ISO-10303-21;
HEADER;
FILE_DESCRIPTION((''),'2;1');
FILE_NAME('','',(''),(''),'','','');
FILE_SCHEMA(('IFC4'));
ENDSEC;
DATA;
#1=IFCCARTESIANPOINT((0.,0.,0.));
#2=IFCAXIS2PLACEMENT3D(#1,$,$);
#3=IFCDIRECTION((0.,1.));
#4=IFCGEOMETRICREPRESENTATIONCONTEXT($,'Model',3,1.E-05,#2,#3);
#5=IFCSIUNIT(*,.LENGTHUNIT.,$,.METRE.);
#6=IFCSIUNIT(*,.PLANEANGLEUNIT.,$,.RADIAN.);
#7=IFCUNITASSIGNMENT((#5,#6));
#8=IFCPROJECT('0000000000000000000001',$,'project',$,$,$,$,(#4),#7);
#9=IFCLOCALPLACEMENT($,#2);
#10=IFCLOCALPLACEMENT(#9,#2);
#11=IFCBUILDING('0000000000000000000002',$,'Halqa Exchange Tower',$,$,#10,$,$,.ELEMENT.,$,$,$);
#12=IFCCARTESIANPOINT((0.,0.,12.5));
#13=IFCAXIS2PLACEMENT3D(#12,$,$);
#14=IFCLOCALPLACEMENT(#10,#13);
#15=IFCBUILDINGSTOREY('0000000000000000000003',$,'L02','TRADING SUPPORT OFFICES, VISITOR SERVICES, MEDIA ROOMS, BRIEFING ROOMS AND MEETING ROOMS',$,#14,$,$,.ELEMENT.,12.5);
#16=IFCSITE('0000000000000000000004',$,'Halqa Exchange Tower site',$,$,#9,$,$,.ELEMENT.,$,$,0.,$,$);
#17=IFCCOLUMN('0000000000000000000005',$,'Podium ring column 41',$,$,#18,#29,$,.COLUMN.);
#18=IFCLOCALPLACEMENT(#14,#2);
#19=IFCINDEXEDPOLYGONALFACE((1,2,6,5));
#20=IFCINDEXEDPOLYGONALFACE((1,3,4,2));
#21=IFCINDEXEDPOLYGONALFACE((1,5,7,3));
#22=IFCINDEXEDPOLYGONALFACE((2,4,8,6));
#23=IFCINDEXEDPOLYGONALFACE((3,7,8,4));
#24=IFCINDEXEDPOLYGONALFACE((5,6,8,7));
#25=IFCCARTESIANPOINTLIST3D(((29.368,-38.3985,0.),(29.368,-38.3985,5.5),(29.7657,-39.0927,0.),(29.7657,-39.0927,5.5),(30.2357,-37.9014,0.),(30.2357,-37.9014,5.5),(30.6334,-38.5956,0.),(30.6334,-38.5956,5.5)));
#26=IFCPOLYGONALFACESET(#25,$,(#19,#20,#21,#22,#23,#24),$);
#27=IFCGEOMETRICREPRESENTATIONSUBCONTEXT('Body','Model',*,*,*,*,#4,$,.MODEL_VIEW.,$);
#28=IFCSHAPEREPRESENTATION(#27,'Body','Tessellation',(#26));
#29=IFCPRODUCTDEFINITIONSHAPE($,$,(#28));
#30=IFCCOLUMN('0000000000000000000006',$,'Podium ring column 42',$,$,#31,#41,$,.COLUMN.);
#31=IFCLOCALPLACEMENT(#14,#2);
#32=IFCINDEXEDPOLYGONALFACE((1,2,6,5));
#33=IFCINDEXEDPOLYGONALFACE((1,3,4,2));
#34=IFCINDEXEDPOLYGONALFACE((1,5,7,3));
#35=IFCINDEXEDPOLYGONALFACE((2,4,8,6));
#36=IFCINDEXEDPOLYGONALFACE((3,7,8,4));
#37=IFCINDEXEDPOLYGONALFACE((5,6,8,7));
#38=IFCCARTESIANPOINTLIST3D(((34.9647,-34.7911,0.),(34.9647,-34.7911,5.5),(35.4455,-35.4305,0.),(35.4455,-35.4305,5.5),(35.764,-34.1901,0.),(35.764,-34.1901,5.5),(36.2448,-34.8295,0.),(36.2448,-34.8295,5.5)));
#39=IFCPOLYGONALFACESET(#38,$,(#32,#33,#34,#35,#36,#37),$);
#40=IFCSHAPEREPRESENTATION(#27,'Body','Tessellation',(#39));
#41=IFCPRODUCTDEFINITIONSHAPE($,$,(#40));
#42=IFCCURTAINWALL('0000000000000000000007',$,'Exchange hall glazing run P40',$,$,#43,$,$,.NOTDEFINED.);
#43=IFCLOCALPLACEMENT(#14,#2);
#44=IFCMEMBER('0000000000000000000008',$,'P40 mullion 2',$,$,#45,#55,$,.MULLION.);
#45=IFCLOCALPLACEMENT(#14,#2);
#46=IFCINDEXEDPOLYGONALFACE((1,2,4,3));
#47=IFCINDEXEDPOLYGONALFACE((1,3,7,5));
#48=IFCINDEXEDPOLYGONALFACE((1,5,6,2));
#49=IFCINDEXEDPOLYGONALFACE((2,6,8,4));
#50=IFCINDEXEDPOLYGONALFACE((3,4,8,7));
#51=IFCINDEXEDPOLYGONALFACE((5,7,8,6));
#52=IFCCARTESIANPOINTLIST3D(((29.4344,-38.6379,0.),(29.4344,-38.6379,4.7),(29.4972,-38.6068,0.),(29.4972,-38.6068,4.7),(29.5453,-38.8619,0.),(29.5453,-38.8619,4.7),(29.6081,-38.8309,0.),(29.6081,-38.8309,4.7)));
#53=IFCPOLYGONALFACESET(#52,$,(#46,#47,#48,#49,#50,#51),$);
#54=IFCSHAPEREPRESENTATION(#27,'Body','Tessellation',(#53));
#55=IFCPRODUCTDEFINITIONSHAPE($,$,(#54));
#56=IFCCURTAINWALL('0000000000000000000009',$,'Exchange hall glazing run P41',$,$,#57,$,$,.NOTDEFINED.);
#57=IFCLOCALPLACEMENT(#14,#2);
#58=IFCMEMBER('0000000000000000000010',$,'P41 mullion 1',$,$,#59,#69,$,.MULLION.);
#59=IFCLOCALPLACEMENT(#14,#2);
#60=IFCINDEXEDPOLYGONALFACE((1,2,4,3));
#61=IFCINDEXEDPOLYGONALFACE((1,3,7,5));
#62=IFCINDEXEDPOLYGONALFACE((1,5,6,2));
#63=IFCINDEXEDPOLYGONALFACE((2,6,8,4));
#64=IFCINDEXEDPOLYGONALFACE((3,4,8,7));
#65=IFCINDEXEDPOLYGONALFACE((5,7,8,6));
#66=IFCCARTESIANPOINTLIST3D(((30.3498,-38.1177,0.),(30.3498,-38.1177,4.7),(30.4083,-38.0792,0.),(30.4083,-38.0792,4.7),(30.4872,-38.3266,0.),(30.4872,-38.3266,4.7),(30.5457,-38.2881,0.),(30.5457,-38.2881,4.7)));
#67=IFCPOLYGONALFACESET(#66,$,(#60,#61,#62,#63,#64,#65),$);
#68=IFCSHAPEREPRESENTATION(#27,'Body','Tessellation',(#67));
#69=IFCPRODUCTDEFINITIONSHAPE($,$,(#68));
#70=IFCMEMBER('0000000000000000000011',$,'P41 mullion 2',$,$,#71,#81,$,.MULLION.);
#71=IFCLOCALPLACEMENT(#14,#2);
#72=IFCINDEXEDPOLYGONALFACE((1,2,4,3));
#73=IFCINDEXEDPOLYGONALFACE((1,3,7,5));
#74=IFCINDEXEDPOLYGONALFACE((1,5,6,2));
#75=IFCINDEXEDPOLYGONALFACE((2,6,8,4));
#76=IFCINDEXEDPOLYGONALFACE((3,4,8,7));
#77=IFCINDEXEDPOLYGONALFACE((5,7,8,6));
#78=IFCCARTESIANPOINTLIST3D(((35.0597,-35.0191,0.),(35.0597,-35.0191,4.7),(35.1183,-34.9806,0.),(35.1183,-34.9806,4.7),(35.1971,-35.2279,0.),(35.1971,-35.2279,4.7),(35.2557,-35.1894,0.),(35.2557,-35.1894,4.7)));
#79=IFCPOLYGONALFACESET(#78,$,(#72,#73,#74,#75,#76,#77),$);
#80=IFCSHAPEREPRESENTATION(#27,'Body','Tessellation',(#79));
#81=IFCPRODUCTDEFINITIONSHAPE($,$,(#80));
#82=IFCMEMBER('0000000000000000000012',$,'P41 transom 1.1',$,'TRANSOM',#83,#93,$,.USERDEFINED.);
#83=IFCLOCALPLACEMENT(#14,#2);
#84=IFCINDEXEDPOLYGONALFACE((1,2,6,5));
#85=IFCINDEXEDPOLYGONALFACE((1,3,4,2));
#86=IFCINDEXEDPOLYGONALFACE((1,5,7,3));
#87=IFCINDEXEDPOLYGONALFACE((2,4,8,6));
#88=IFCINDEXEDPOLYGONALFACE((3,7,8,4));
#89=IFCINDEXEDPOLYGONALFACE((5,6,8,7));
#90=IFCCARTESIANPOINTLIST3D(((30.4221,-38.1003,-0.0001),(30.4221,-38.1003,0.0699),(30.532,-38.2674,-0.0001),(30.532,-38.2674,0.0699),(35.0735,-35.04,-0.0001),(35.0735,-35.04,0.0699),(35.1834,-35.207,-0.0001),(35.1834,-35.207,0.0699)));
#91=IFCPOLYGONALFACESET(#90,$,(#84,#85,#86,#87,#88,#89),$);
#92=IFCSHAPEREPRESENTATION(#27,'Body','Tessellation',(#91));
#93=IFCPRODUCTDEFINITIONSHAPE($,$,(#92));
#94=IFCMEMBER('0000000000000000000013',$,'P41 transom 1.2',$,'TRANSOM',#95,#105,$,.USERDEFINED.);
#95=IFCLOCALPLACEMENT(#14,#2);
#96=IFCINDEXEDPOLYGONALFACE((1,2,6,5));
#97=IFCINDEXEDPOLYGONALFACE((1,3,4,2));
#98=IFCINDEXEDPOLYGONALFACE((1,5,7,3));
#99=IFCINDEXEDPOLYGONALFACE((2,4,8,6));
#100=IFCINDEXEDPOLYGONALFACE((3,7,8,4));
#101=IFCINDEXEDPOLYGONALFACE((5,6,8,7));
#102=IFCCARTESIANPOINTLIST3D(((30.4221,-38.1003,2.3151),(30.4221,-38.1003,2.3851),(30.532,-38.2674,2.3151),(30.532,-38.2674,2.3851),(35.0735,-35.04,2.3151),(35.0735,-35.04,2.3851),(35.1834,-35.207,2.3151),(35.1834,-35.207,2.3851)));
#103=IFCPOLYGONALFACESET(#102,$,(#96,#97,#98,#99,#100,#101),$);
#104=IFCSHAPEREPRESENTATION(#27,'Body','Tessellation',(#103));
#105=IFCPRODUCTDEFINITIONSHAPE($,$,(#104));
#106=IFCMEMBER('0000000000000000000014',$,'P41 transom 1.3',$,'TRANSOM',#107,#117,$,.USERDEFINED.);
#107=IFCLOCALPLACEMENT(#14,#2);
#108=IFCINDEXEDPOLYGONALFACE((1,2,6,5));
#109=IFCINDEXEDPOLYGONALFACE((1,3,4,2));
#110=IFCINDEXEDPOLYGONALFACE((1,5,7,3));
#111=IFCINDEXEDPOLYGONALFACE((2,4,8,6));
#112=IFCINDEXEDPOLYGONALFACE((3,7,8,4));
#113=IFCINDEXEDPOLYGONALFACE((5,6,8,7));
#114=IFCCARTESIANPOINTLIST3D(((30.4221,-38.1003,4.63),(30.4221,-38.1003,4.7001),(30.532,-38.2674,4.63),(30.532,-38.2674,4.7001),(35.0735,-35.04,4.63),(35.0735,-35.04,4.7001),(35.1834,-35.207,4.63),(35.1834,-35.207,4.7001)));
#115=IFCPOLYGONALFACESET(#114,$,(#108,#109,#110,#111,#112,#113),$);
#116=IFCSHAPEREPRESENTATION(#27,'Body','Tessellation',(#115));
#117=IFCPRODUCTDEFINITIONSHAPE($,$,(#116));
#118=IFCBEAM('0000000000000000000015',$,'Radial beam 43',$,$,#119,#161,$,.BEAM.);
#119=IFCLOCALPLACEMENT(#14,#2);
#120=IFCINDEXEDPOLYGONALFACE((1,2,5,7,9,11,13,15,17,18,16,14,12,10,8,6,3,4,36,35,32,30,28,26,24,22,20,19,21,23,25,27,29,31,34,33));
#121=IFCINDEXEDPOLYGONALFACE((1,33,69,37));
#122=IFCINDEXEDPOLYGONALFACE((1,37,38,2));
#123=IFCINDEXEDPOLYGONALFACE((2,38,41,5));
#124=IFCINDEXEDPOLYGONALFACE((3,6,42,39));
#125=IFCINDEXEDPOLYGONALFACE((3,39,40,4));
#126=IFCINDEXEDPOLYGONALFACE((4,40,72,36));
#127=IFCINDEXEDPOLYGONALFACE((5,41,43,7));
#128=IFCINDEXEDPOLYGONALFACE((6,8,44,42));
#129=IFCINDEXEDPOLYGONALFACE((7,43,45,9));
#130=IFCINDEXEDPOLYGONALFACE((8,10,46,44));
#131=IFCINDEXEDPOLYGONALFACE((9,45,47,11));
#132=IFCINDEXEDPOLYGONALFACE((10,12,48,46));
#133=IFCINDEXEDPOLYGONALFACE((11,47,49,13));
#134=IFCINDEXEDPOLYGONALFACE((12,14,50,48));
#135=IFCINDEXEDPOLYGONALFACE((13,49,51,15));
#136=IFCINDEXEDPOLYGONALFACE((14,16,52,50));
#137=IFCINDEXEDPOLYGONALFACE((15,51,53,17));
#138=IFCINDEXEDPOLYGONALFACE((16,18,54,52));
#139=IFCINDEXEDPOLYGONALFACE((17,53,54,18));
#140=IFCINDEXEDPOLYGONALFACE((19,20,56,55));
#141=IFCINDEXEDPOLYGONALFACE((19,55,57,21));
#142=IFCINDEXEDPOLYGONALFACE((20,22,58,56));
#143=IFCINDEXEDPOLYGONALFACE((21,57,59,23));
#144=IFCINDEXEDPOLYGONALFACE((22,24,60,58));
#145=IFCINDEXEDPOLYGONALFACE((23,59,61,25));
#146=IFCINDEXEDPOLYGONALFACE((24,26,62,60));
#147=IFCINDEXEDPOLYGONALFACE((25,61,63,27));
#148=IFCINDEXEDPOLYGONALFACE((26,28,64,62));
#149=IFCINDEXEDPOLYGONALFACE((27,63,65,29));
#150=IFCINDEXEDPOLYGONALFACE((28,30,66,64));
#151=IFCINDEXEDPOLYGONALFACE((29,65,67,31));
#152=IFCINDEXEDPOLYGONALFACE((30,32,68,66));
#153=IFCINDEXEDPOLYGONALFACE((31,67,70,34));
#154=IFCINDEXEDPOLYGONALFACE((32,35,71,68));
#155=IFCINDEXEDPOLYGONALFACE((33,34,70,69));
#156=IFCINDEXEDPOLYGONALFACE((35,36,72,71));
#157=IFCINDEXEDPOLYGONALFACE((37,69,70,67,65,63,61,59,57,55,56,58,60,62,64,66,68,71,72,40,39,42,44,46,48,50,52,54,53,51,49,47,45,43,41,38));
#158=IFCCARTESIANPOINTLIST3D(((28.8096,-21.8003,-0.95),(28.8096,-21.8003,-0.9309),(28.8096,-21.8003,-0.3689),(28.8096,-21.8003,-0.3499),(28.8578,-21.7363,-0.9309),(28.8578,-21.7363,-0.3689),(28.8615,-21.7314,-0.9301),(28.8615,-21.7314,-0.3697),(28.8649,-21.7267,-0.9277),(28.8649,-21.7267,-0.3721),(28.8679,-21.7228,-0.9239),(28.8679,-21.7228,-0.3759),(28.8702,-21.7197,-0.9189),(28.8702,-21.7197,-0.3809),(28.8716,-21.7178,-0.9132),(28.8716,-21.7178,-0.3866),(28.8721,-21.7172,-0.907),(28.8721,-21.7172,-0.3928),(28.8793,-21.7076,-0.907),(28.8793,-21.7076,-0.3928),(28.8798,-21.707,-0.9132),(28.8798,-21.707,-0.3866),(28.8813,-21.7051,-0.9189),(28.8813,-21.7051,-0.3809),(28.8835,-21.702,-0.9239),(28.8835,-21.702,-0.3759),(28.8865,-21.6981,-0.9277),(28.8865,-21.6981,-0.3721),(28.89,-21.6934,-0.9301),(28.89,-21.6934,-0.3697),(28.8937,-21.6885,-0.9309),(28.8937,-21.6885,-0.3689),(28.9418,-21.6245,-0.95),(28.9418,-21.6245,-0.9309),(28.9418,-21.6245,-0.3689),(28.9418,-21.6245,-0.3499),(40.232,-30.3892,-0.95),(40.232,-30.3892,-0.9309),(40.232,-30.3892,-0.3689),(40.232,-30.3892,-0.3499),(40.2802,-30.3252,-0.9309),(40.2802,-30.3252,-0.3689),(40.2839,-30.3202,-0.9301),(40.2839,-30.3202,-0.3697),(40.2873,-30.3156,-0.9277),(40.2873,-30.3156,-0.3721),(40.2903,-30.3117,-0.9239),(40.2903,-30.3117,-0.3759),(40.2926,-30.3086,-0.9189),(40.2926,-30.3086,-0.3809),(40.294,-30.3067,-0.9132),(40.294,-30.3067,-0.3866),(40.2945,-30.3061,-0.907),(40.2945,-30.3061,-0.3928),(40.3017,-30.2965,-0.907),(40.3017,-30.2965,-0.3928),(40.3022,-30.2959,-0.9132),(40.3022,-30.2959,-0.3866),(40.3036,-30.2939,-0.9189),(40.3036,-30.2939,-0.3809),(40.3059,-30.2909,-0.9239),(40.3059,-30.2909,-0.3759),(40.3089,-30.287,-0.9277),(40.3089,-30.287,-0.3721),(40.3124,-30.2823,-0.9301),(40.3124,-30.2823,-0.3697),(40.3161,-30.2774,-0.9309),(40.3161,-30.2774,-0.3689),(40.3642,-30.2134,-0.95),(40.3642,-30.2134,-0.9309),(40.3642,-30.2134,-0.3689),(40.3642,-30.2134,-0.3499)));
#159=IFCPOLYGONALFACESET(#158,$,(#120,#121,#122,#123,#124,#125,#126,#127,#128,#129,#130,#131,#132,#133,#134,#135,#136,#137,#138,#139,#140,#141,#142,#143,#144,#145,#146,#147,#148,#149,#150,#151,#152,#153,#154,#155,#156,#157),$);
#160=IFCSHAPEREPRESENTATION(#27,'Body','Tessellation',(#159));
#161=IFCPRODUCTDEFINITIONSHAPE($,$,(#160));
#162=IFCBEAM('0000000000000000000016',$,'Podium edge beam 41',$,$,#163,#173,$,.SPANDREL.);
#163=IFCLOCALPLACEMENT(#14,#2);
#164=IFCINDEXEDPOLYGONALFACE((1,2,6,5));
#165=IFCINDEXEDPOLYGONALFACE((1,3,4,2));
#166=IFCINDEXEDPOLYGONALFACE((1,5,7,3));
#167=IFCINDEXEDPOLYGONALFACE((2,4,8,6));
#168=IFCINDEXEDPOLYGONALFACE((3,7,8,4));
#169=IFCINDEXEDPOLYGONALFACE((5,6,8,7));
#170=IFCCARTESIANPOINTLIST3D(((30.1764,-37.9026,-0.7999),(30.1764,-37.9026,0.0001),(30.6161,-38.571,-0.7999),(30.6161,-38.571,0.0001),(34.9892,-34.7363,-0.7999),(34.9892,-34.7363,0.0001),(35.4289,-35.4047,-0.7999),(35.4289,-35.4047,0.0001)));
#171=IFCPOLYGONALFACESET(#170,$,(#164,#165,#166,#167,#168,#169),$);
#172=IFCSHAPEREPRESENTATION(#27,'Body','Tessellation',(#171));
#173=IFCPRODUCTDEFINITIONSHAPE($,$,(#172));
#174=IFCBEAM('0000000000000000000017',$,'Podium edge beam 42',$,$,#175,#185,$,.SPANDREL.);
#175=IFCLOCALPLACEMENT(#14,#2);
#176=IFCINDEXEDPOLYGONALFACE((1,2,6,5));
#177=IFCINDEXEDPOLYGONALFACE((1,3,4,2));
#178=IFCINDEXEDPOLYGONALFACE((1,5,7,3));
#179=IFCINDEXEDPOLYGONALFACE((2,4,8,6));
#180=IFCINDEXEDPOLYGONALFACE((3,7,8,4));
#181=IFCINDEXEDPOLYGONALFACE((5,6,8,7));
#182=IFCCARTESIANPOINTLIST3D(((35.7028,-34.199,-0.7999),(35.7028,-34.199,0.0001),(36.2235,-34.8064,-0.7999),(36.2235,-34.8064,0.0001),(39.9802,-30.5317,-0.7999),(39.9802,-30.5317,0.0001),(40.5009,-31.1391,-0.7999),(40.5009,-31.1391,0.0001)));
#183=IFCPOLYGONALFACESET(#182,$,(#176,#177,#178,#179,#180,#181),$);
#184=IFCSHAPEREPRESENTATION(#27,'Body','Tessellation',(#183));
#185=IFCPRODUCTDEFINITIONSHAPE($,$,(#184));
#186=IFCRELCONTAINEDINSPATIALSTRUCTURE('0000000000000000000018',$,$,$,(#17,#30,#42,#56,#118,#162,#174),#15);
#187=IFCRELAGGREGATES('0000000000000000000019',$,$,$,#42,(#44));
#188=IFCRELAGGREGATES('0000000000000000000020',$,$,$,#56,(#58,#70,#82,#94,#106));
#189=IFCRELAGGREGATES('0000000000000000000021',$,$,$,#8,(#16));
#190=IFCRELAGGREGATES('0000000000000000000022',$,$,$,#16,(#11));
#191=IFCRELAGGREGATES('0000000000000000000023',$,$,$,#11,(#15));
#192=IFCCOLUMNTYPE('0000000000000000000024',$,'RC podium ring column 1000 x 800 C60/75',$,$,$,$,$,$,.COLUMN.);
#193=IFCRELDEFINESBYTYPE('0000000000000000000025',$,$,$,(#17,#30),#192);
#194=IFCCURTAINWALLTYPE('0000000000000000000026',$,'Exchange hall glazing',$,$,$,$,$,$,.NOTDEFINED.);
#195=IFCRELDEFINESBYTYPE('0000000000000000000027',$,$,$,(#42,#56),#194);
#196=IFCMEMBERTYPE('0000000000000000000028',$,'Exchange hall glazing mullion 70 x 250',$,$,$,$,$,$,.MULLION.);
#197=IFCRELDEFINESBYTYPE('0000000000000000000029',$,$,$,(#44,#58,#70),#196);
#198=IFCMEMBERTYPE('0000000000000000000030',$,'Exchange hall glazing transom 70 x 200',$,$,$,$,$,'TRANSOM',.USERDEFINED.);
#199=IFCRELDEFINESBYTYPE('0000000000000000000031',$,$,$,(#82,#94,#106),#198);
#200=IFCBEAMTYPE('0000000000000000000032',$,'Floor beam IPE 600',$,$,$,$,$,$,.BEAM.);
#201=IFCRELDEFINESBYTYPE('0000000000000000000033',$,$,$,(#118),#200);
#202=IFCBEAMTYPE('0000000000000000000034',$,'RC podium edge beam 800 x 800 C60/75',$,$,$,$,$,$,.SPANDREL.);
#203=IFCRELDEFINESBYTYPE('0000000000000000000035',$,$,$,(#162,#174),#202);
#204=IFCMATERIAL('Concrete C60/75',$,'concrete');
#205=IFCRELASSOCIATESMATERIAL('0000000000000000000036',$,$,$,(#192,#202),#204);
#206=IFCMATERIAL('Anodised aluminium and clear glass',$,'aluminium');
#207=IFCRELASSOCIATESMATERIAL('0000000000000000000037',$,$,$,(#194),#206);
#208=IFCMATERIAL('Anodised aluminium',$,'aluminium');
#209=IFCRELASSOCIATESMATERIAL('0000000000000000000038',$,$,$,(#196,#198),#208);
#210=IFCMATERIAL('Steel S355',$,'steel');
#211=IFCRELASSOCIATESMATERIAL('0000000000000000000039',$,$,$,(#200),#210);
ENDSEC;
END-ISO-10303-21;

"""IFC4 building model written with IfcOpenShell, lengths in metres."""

from ifc_helpers import new_model, si_unit, direction, frame, origin, origin_2d, place, context, subcontext, project, spatial, rectangle, i_section, extrude, material, material_profile, profile_set, type_object, element, aggregate, save


model = new_model("IFC4")

# Units and contexts
model_context = context("Model", 3, precision=1e-05, world=origin(), true_north=direction((0.0, 1.0)))
body_context = subcontext(model_context, "Body", "Model", "MODEL_VIEW")
ifc_project = project(units=[si_unit("LENGTHUNIT", "METRE"), si_unit("PLANEANGLEUNIT", "RADIAN")], contexts=[model_context])

# Site, building, storey
site_placement = place(None, origin())
site = spatial("IfcSite", under=ifc_project, at=site_placement, Name="Halqa Exchange Tower site", CompositionType="ELEMENT", RefElevation=0.0)
building_placement = place(site_placement, origin())
building = spatial("IfcBuilding", under=site, at=building_placement, Name="Halqa Exchange Tower", CompositionType="ELEMENT")
storey_placement = place(building_placement, frame((0.0, 0.0, 12.5)))
storey = spatial("IfcBuildingStorey", under=building, at=storey_placement, Name="L02", Description="TRADING SUPPORT OFFICES, VISITOR SERVICES, MEDIA ROOMS, BRIEFING ROOMS AND MEETING ROOMS", CompositionType="ELEMENT", Elevation=12.5)

# Columns
ifc_material_1 = material(Name="Concrete C60/75", Category="concrete")
ifc_material_profile_1 = material_profile(ifc_material_1, rectangle(XDim=1.0, YDim=0.8, at=origin_2d()), Name="1000 x 800")
ifc_profile_set_1 = profile_set([ifc_material_profile_1], Name="Concrete C60/75")
column_type = type_object("IfcColumnType", Name="RC podium ring column 1000 x 800 C60/75", PredefinedType="COLUMN", material=ifc_profile_set_1)
for number, where, z_axis, x_axis, name in (
    (1, (30.0007, -38.4971, 0.0), (0.0, 0.0, 1.0), (0.867693, 0.4971, 0.0), "Podium ring column 41"),
    (2, (35.6047, -34.8103, 0.0), (0.0, 0.0, 1.0), (0.79926, 0.600985, 0.0), "Podium ring column 42"),
):
    element("IfcColumn", number, at=place(storey_placement, frame(where, z_axis=z_axis, x_axis=x_axis)), inside=storey, type_object=column_type, Name=name, PredefinedType="COLUMN", context=body_context, shape_type="SweptSolid", body=[
        extrude(rectangle(XDim=1.0, YDim=0.8, at=origin_2d()), origin(), (0.0, 0.0, 1.0), 5.5),
    ])

# Curtain wall, member
ifc_material_2 = material(Name="Anodised aluminium and clear glass", Category="aluminium")
curtain_wall_type = type_object("IfcCurtainWallType", Name="Exchange hall glazing", PredefinedType="NOTDEFINED", material=ifc_material_2)
curtain_wall_1_placement = place(storey_placement, origin())
curtain_wall_1 = element("IfcCurtainWall", 3, at=curtain_wall_1_placement, inside=storey, type_object=curtain_wall_type, Name="Exchange hall glazing run P40", PredefinedType="NOTDEFINED")
ifc_material_3 = material(Name="Anodised aluminium", Category="aluminium")
ifc_material_profile_2 = material_profile(ifc_material_3, rectangle(XDim=0.25, YDim=0.0701, at=origin_2d()), Name="AL 70x250")
ifc_profile_set_2 = profile_set([ifc_material_profile_2], Name="Anodised aluminium")
member_type_1 = type_object("IfcMemberType", Name="Exchange hall glazing mullion 70 x 250", PredefinedType="MULLION", material=ifc_profile_set_2)
member_1_placement = place(storey_placement, frame((29.5212, -38.7344, 0.0), z_axis=(0.0, 0.0, 1.0), x_axis=(-0.443653, 0.896198, 0.0)))
member_1 = element("IfcMember", 4, at=member_1_placement, type_object=member_type_1, Name="P40 mullion 2", PredefinedType="MULLION", context=body_context, shape_type="SweptSolid", body=[
    extrude(rectangle(XDim=0.25, YDim=0.0701, at=origin_2d()), origin(), (0.0, 0.0, 1.0), 4.7),
])

# Curtain wall, members
curtain_wall_2_placement = place(storey_placement, origin())
curtain_wall_2 = element("IfcCurtainWall", 5, at=curtain_wall_2_placement, inside=storey, type_object=curtain_wall_type, Name="Exchange hall glazing run P41", PredefinedType="NOTDEFINED")
member_2_placement = place(storey_placement, frame((30.4478, -38.2029, 0.0), z_axis=(0.0, 0.0, 1.0), x_axis=(-0.54962, 0.835415, 0.0)))
member_2 = element("IfcMember", 6, at=member_2_placement, type_object=member_type_1, Name="P41 mullion 1", PredefinedType="MULLION", context=body_context, shape_type="SweptSolid", body=[
    extrude(rectangle(XDim=0.25, YDim=0.0701, at=origin_2d()), origin(), (0.0, 0.0, 1.0), 4.7),
])
member_3_placement = place(storey_placement, frame((35.1577, -35.1042, 0.0), z_axis=(0.0, 0.0, 1.0), x_axis=(-0.54962, 0.835415, 0.0)))
member_3 = element("IfcMember", 7, at=member_3_placement, type_object=member_type_1, Name="P41 mullion 2", PredefinedType="MULLION", context=body_context, shape_type="SweptSolid", body=[
    extrude(rectangle(XDim=0.25, YDim=0.0701, at=origin_2d()), origin(), (0.0, 0.0, 1.0), 4.7),
])
ifc_material_profile_3 = material_profile(ifc_material_3, rectangle(XDim=0.2, YDim=0.0701, at=origin_2d()), Name="AL 70x200")
ifc_profile_set_3 = profile_set([ifc_material_profile_3], Name="Anodised aluminium")
member_type_2 = type_object("IfcMemberType", Name="Exchange hall glazing transom 70 x 200", ElementType="TRANSOM", PredefinedType="USERDEFINED", material=ifc_profile_set_3)
member_4_placement = place(storey_placement, frame((30.4771, -38.1838, 0.0349), z_axis=(0.835401, 0.549641, 0.0), x_axis=(-0.549641, 0.835401, 0.0)))
member_4 = element("IfcMember", 8, at=member_4_placement, type_object=member_type_2, Name="P41 transom 1.1", ObjectType="TRANSOM", PredefinedType="USERDEFINED", context=body_context, shape_type="SweptSolid", body=[
    extrude(rectangle(XDim=0.2, YDim=0.0701, at=origin_2d()), origin(), (0.0, 0.0, 1.0), 5.5679),
])
member_5_placement = place(storey_placement, frame((30.4771, -38.1838, 2.3501), z_axis=(0.835401, 0.549641, 0.0), x_axis=(-0.549641, 0.835401, 0.0)))
member_5 = element("IfcMember", 9, at=member_5_placement, type_object=member_type_2, Name="P41 transom 1.2", ObjectType="TRANSOM", PredefinedType="USERDEFINED", context=body_context, shape_type="SweptSolid", body=[
    extrude(rectangle(XDim=0.2, YDim=0.0701, at=origin_2d()), origin(), (0.0, 0.0, 1.0), 5.5679),
])
member_6_placement = place(storey_placement, frame((30.4771, -38.1838, 4.665), z_axis=(0.835401, 0.549641, 0.0), x_axis=(-0.549641, 0.835401, 0.0)))
member_6 = element("IfcMember", 10, at=member_6_placement, type_object=member_type_2, Name="P41 transom 1.3", ObjectType="TRANSOM", PredefinedType="USERDEFINED", context=body_context, shape_type="SweptSolid", body=[
    extrude(rectangle(XDim=0.2, YDim=0.0701, at=origin_2d()), origin(), (0.0, 0.0, 1.0), 5.5679),
])

# Beams
ifc_material_4 = material(Name="Steel S355", Category="steel")
ifc_material_profile_4 = material_profile(ifc_material_4, i_section(OverallWidth=0.22, OverallDepth=0.6001, WebThickness=0.012, FlangeThickness=0.019, FilletRadius=0.0239, at=origin_2d()), Name="IPE 600")
ifc_profile_set_4 = profile_set([ifc_material_profile_4], Name="Steel S355")
beam_type_1 = type_object("IfcBeamType", Name="Floor beam IPE 600", PredefinedType="BEAM", material=ifc_profile_set_4)
beam_1_placement = place(storey_placement, frame((28.8757, -21.7124, -0.6499), z_axis=(0.799257, -0.600989, 0.0), x_axis=(0.600989, 0.799257, 0.0)))
element("IfcBeam", 11, at=beam_1_placement, inside=storey, type_object=beam_type_1, Name="Radial beam 43", PredefinedType="BEAM", context=body_context, shape_type="SweptSolid", body=[
    extrude(i_section(OverallWidth=0.22, OverallDepth=0.6001, WebThickness=0.012, FlangeThickness=0.019, FilletRadius=0.0239, at=origin_2d()), origin(), (0.0, 0.0, 1.0), 14.2913),
])
ifc_material_profile_5 = material_profile(ifc_material_1, rectangle(XDim=0.8, YDim=0.8, at=origin_2d()), Name="800 x 800")
ifc_profile_set_5 = profile_set([ifc_material_profile_5], Name="Concrete C60/75")
beam_type_2 = type_object("IfcBeamType", Name="RC podium edge beam 800 x 800 C60/75", PredefinedType="SPANDREL", material=ifc_profile_set_5)
beam_2_placement = place(storey_placement, frame((30.3962, -38.2368, -0.3999), z_axis=(0.835419, 0.549614, 0.0), x_axis=(-0.549614, 0.835419, 0.0)))
element("IfcBeam", 12, at=beam_2_placement, inside=storey, type_object=beam_type_2, Name="Podium edge beam 41", PredefinedType="SPANDREL", context=body_context, shape_type="SweptSolid", body=[
    extrude(rectangle(XDim=0.8, YDim=0.8, at=origin_2d()), origin(), (0.0, 0.0, 1.0), 5.761),
])
beam_3_placement = place(storey_placement, frame((35.9631, -34.5027, -0.3999), z_axis=(0.759174, 0.650888, 0.0), x_axis=(-0.650888, 0.759174, 0.0)))
element("IfcBeam", 13, at=beam_3_placement, inside=storey, type_object=beam_type_2, Name="Podium edge beam 42", PredefinedType="SPANDREL", context=body_context, shape_type="SweptSolid", body=[
    extrude(rectangle(XDim=0.8, YDim=0.8, at=origin_2d()), origin(), (0.0, 0.0, 1.0), 5.6343),
])

aggregate(curtain_wall_1, [member_1])
aggregate(curtain_wall_2, [member_2, member_3, member_4, member_5, member_6])

save(model, "model.ifc")
